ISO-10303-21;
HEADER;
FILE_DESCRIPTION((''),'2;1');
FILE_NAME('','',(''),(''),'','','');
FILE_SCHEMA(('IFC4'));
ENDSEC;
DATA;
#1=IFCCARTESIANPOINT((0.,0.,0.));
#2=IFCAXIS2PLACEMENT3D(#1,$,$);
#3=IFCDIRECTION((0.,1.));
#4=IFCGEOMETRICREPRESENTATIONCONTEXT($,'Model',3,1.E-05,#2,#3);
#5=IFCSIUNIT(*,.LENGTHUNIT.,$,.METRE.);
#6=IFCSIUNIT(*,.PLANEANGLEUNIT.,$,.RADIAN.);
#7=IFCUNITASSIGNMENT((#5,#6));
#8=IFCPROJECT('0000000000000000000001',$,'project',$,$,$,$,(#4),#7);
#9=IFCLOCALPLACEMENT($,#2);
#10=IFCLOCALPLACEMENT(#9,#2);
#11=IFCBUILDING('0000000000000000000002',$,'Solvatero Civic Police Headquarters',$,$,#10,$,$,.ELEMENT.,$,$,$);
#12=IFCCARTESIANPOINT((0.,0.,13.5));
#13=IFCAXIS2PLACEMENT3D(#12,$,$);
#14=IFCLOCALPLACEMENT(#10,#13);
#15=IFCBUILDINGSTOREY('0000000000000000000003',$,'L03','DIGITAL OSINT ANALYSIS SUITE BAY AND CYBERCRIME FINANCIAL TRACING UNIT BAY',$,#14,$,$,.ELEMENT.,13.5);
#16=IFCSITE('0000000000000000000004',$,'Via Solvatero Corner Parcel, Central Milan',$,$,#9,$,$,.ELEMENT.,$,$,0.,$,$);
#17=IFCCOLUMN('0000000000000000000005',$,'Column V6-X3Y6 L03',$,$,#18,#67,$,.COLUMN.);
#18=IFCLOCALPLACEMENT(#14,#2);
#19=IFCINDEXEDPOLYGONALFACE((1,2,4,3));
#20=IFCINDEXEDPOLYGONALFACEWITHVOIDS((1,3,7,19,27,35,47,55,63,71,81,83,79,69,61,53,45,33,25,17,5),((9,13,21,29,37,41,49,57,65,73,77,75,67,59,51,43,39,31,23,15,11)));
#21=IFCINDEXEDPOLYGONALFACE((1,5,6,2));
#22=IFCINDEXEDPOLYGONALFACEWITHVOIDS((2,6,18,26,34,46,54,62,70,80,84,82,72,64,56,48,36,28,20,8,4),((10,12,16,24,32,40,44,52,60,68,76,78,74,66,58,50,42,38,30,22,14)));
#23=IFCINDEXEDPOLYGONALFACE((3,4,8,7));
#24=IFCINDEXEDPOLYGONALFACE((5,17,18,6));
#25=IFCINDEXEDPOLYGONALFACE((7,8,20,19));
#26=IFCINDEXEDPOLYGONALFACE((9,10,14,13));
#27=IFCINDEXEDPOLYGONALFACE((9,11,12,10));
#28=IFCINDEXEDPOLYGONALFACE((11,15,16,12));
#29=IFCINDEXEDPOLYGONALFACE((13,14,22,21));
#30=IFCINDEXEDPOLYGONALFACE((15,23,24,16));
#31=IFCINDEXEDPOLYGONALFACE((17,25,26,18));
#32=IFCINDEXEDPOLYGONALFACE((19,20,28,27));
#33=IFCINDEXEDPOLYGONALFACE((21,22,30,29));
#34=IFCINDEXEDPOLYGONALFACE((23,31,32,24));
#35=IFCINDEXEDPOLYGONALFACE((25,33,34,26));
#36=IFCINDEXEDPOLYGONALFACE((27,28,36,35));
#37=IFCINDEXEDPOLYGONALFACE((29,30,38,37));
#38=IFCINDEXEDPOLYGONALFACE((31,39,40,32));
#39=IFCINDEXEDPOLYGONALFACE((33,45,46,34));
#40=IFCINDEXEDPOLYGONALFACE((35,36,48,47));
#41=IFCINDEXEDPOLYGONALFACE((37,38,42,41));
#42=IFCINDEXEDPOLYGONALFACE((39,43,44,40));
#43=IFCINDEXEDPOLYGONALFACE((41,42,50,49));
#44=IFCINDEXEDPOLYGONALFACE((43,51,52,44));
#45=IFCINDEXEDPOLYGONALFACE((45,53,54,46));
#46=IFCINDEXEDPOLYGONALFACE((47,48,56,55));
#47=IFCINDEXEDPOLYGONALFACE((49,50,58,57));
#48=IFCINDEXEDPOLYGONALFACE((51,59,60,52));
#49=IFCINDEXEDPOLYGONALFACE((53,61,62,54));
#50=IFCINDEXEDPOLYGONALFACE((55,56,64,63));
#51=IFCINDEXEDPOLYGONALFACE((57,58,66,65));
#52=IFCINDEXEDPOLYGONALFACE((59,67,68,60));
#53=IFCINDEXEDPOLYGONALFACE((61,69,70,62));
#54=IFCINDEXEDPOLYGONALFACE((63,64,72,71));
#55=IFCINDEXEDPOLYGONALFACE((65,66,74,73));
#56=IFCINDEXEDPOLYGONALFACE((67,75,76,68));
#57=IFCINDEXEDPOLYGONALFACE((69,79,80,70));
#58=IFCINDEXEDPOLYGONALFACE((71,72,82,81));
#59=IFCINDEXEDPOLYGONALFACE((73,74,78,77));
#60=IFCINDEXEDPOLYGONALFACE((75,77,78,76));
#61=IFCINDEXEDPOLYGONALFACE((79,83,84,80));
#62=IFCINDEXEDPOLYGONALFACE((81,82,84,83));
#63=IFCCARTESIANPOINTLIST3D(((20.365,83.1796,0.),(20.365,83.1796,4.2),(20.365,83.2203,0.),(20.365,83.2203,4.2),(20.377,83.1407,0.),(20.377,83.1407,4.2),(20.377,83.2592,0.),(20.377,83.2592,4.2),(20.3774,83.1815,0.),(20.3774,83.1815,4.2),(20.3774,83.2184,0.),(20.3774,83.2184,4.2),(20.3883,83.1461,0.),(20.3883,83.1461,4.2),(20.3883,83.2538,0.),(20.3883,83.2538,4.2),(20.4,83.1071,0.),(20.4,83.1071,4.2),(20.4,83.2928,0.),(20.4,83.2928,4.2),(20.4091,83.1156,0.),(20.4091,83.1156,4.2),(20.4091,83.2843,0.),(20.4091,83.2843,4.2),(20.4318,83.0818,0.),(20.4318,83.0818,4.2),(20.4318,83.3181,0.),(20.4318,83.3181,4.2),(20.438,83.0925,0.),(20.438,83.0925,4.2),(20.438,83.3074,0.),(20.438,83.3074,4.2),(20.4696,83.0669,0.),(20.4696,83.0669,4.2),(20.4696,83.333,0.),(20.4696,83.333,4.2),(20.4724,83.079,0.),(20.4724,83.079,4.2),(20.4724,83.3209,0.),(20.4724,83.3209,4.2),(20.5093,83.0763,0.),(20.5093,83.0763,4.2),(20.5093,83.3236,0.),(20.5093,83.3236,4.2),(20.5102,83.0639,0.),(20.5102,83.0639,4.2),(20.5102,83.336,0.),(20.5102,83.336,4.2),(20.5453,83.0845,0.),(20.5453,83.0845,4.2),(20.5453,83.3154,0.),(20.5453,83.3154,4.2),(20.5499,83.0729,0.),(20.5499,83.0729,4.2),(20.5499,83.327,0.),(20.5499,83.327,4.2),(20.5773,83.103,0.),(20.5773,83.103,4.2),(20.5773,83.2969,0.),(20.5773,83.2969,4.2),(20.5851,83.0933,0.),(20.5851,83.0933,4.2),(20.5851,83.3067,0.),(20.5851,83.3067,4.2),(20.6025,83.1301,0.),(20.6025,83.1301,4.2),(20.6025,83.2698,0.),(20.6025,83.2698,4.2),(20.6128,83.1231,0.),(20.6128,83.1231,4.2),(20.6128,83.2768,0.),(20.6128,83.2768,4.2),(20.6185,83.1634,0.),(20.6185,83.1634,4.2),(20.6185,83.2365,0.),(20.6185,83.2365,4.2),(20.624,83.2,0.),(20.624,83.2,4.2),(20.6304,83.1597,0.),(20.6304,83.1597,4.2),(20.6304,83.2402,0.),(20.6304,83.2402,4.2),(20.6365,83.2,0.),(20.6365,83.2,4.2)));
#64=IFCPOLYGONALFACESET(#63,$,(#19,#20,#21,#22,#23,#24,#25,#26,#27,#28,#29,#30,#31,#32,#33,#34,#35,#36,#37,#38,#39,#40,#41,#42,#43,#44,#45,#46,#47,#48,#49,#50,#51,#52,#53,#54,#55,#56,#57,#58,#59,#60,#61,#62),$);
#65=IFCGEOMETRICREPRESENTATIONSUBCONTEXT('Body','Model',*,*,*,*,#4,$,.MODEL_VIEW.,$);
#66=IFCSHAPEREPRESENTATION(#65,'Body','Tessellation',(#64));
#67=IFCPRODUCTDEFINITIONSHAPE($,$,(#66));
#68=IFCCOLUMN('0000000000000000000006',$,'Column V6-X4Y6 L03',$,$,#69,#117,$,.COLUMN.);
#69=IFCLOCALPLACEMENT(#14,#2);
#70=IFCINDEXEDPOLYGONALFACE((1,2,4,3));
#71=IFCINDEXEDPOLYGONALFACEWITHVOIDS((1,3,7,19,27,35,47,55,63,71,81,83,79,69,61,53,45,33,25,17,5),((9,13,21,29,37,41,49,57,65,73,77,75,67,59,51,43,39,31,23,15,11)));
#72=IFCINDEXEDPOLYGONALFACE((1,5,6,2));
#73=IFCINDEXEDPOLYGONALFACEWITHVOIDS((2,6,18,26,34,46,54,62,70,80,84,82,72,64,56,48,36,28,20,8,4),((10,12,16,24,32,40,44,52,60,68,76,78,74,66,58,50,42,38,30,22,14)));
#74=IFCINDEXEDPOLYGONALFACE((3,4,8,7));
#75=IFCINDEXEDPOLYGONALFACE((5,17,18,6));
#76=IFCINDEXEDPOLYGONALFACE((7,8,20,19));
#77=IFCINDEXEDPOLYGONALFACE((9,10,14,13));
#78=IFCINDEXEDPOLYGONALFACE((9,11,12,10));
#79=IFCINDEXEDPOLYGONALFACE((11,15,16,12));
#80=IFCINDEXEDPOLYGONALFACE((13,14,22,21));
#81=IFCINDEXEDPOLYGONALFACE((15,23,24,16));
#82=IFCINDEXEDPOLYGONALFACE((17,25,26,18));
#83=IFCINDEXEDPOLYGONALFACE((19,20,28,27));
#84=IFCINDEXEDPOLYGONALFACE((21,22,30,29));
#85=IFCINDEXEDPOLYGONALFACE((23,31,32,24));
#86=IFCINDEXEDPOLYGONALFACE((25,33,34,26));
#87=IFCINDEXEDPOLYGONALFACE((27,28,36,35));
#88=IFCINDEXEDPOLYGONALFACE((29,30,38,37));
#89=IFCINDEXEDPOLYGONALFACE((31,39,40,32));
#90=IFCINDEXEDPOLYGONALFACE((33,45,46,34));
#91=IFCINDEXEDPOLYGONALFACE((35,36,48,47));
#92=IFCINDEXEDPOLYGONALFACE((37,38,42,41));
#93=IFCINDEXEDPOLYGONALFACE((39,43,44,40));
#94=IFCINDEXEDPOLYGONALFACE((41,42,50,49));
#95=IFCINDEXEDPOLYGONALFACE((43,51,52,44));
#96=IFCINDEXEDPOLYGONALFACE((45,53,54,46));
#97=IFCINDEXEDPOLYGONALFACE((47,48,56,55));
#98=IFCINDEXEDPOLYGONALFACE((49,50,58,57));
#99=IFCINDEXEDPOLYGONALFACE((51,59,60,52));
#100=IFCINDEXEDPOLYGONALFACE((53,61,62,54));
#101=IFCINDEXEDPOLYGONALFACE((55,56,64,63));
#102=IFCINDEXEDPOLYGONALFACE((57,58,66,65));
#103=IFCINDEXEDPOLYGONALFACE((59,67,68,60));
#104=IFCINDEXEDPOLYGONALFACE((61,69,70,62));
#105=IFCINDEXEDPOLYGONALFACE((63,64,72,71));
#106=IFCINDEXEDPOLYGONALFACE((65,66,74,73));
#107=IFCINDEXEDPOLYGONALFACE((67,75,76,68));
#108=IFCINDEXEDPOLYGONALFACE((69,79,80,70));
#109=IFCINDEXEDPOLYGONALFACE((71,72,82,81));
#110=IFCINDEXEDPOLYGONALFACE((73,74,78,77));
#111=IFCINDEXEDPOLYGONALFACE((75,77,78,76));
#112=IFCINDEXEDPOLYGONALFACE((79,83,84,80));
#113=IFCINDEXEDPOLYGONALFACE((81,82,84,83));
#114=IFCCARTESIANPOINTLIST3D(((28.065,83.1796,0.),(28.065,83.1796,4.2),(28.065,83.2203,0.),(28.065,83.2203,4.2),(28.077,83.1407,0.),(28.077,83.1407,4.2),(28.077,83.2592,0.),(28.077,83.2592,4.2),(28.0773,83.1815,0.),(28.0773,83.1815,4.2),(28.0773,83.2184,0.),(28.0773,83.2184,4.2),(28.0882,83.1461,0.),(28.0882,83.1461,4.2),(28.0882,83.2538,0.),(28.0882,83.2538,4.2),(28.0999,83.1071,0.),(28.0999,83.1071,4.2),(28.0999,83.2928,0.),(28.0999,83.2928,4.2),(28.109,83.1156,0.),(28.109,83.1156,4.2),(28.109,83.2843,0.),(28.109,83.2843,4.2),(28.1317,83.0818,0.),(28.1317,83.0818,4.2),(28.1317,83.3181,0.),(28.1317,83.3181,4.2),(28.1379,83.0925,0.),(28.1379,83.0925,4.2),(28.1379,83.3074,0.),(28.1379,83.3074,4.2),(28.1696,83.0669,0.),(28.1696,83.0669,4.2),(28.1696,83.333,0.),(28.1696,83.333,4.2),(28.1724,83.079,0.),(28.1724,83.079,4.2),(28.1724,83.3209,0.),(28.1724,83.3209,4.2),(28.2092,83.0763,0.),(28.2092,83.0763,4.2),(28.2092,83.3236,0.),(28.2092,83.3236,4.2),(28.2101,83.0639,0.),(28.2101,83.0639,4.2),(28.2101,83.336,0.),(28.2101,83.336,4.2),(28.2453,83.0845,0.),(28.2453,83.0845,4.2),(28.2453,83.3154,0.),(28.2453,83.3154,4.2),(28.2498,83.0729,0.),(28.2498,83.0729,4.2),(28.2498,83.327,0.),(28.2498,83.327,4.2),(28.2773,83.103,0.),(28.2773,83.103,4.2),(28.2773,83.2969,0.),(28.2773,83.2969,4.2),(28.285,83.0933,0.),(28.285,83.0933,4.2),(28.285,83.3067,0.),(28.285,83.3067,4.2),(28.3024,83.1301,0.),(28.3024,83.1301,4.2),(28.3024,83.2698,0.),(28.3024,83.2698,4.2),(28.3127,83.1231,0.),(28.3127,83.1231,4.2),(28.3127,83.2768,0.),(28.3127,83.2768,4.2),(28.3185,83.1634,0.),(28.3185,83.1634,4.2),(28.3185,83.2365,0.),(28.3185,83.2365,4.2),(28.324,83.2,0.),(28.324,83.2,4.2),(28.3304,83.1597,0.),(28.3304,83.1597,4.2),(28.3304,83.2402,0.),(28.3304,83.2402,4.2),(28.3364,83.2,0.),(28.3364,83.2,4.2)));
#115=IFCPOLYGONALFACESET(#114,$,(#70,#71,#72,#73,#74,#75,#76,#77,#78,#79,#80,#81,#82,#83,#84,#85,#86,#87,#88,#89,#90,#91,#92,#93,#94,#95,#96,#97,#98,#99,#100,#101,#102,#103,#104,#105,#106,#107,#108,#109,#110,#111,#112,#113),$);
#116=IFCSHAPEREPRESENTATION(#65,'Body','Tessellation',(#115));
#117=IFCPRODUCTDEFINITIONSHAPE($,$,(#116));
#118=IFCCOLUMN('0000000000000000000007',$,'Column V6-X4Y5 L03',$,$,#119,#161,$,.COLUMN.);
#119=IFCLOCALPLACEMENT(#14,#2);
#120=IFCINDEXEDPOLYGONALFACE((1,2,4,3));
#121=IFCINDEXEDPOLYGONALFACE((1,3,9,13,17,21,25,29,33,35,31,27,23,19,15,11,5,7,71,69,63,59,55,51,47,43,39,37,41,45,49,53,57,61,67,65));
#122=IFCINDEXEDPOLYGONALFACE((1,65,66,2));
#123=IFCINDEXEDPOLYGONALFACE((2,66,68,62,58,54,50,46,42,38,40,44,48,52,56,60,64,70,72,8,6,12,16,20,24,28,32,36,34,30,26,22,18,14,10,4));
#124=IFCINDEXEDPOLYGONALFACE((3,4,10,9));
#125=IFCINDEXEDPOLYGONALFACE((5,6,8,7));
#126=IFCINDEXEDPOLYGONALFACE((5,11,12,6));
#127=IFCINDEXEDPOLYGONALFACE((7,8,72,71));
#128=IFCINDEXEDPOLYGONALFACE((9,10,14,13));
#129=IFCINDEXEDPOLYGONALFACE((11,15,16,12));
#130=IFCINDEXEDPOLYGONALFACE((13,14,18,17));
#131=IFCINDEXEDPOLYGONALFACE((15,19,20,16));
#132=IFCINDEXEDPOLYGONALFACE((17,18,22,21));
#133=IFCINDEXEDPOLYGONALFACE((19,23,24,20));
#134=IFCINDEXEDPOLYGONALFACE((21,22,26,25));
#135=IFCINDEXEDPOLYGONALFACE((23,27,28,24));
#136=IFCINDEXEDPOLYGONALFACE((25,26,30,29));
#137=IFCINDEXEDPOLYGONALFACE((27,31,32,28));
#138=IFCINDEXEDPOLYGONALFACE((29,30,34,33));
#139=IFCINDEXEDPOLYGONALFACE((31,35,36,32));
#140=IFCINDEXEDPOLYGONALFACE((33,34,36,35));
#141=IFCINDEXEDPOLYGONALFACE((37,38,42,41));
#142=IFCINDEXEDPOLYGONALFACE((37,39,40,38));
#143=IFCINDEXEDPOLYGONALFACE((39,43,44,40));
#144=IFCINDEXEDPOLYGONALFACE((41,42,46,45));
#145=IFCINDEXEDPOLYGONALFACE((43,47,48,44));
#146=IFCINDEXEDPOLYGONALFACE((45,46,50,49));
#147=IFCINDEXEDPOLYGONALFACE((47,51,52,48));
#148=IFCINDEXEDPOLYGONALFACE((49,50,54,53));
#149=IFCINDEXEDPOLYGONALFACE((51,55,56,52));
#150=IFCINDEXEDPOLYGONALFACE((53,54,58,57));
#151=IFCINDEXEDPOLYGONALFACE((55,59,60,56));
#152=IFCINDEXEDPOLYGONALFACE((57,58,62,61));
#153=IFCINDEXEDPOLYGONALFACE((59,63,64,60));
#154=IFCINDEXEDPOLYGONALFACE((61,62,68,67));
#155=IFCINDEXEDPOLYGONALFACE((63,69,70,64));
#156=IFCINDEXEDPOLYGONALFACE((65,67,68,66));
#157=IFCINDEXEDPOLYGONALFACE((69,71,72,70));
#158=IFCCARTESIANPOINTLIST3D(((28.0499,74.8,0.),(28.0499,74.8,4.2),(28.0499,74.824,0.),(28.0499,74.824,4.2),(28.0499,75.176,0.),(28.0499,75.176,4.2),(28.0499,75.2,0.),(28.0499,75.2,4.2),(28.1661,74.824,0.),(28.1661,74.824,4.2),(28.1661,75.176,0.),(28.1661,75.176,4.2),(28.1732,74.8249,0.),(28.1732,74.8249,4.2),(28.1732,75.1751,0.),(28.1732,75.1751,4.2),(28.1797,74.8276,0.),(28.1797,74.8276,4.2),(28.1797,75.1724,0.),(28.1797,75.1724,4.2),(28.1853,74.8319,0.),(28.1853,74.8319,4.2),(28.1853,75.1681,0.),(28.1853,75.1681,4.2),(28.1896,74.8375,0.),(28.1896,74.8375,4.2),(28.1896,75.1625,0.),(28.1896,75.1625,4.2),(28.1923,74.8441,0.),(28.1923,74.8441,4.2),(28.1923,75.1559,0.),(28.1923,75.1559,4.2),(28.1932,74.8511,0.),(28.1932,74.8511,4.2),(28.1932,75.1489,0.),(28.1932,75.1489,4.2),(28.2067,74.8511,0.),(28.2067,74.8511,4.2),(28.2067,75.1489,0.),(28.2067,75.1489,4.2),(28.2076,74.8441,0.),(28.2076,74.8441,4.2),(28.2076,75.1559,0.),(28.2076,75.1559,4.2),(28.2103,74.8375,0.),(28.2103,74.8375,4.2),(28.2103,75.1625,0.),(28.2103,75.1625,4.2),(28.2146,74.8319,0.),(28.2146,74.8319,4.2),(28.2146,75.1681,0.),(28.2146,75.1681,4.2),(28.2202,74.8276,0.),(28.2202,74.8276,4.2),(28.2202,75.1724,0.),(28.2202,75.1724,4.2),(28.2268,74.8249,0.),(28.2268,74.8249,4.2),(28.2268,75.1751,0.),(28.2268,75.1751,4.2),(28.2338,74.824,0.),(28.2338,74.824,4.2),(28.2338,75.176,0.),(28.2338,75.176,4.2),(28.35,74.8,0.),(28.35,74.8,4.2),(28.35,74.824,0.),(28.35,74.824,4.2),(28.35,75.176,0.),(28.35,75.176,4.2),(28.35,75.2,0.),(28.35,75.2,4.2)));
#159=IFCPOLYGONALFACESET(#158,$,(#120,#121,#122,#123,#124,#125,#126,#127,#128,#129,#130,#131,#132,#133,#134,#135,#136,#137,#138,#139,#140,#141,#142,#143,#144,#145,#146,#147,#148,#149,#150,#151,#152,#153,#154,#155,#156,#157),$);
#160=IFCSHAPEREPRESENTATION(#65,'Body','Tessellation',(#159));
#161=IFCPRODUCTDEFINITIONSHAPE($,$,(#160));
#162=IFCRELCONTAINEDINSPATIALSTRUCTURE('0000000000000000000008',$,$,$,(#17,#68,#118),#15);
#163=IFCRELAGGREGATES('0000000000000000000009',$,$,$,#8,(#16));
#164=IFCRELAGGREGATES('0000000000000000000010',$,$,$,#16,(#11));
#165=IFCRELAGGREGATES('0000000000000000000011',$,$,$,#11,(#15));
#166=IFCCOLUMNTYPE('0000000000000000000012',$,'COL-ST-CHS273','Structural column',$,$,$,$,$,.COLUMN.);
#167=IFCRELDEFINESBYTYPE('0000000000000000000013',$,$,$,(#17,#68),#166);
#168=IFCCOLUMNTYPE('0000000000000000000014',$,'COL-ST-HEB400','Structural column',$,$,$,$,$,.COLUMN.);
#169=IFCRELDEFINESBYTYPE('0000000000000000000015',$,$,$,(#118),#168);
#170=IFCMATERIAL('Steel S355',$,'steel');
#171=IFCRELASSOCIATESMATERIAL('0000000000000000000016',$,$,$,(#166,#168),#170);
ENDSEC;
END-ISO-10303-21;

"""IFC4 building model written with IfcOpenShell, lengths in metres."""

from ifc_helpers import new_model, si_unit, direction, frame, origin, origin_2d, place, context, subcontext, project, spatial, hollow_circle, i_section, extrude, material, material_profile, profile_set, type_object, element, save


model = new_model("IFC4")

# Units and contexts
model_context = context("Model", 3, precision=1e-05, world=origin(), true_north=direction((0.0, 1.0)))
body_context = subcontext(model_context, "Body", "Model", "MODEL_VIEW")
ifc_project = project(units=[si_unit("LENGTHUNIT", "METRE"), si_unit("PLANEANGLEUNIT", "RADIAN")], contexts=[model_context])

# Site, building, storey
site_placement = place(None, origin())
site = spatial("IfcSite", under=ifc_project, at=site_placement, Name="Via Solvatero Corner Parcel, Central Milan", CompositionType="ELEMENT", RefElevation=0.0)
building_placement = place(site_placement, origin())
building = spatial("IfcBuilding", under=site, at=building_placement, Name="Solvatero Civic Police Headquarters", CompositionType="ELEMENT")
storey_placement = place(building_placement, frame((0.0, 0.0, 13.5)))
storey = spatial("IfcBuildingStorey", under=building, at=storey_placement, Name="L03", Description="DIGITAL OSINT ANALYSIS SUITE BAY AND CYBERCRIME FINANCIAL TRACING UNIT BAY", CompositionType="ELEMENT", Elevation=13.5)

# Columns
ifc_material_1 = material(Name="Steel S355", Category="steel")
ifc_material_profile_1 = material_profile(ifc_material_1, hollow_circle(Radius=0.1365, WallThickness=0.0125, at=origin_2d()), Name="CHS 273.0x12.5")
ifc_profile_set_1 = profile_set([ifc_material_profile_1], Name="Steel S355")
column_type_1 = type_object("IfcColumnType", Name="COL-ST-CHS273", Description="Structural column", PredefinedType="COLUMN", material=ifc_profile_set_1)
for number, where, z_axis, x_axis, name in (
    (1, (20.5, 83.2, 0.0), (0.0, 0.0, 1.0), (1.0, 0.0, 0.0), "Column V6-X3Y6 L03"),
    (2, (28.2, 83.2, 0.0), (0.0, 0.0, 1.0), (1.0, 0.0, 0.0), "Column V6-X4Y6 L03"),
):
    element("IfcColumn", number, at=place(storey_placement, frame(where, z_axis=z_axis, x_axis=x_axis)), inside=storey, type_object=column_type_1, Name=name, PredefinedType="COLUMN", context=body_context, shape_type="SweptSolid", body=[
        extrude(hollow_circle(Radius=0.1365, WallThickness=0.0125, at=origin_2d()), origin(), (0.0, 0.0, 1.0), 4.2),
    ])
ifc_material_profile_2 = material_profile(ifc_material_1, i_section(OverallWidth=0.3, OverallDepth=0.3999, WebThickness=0.0134, FlangeThickness=0.0239, FilletRadius=0.0271, at=origin_2d()), Name="HEB 400")
ifc_profile_set_2 = profile_set([ifc_material_profile_2], Name="Steel S355")
column_type_2 = type_object("IfcColumnType", Name="COL-ST-HEB400", Description="Structural column", PredefinedType="COLUMN", material=ifc_profile_set_2)
column_placement = place(storey_placement, frame((28.2, 75.0, 0.0), z_axis=(0.0, 0.0, 1.0), x_axis=(1.0, 0.0, 0.0)))
element("IfcColumn", 3, at=column_placement, inside=storey, type_object=column_type_2, Name="Column V6-X4Y5 L03", PredefinedType="COLUMN", context=body_context, shape_type="SweptSolid", body=[
    extrude(i_section(OverallWidth=0.3, OverallDepth=0.3999, WebThickness=0.0134, FlangeThickness=0.0239, FilletRadius=0.0271, at=origin_2d()), origin(), (0.0, 0.0, 1.0), 4.2),
])

save(model, "model.ifc")
